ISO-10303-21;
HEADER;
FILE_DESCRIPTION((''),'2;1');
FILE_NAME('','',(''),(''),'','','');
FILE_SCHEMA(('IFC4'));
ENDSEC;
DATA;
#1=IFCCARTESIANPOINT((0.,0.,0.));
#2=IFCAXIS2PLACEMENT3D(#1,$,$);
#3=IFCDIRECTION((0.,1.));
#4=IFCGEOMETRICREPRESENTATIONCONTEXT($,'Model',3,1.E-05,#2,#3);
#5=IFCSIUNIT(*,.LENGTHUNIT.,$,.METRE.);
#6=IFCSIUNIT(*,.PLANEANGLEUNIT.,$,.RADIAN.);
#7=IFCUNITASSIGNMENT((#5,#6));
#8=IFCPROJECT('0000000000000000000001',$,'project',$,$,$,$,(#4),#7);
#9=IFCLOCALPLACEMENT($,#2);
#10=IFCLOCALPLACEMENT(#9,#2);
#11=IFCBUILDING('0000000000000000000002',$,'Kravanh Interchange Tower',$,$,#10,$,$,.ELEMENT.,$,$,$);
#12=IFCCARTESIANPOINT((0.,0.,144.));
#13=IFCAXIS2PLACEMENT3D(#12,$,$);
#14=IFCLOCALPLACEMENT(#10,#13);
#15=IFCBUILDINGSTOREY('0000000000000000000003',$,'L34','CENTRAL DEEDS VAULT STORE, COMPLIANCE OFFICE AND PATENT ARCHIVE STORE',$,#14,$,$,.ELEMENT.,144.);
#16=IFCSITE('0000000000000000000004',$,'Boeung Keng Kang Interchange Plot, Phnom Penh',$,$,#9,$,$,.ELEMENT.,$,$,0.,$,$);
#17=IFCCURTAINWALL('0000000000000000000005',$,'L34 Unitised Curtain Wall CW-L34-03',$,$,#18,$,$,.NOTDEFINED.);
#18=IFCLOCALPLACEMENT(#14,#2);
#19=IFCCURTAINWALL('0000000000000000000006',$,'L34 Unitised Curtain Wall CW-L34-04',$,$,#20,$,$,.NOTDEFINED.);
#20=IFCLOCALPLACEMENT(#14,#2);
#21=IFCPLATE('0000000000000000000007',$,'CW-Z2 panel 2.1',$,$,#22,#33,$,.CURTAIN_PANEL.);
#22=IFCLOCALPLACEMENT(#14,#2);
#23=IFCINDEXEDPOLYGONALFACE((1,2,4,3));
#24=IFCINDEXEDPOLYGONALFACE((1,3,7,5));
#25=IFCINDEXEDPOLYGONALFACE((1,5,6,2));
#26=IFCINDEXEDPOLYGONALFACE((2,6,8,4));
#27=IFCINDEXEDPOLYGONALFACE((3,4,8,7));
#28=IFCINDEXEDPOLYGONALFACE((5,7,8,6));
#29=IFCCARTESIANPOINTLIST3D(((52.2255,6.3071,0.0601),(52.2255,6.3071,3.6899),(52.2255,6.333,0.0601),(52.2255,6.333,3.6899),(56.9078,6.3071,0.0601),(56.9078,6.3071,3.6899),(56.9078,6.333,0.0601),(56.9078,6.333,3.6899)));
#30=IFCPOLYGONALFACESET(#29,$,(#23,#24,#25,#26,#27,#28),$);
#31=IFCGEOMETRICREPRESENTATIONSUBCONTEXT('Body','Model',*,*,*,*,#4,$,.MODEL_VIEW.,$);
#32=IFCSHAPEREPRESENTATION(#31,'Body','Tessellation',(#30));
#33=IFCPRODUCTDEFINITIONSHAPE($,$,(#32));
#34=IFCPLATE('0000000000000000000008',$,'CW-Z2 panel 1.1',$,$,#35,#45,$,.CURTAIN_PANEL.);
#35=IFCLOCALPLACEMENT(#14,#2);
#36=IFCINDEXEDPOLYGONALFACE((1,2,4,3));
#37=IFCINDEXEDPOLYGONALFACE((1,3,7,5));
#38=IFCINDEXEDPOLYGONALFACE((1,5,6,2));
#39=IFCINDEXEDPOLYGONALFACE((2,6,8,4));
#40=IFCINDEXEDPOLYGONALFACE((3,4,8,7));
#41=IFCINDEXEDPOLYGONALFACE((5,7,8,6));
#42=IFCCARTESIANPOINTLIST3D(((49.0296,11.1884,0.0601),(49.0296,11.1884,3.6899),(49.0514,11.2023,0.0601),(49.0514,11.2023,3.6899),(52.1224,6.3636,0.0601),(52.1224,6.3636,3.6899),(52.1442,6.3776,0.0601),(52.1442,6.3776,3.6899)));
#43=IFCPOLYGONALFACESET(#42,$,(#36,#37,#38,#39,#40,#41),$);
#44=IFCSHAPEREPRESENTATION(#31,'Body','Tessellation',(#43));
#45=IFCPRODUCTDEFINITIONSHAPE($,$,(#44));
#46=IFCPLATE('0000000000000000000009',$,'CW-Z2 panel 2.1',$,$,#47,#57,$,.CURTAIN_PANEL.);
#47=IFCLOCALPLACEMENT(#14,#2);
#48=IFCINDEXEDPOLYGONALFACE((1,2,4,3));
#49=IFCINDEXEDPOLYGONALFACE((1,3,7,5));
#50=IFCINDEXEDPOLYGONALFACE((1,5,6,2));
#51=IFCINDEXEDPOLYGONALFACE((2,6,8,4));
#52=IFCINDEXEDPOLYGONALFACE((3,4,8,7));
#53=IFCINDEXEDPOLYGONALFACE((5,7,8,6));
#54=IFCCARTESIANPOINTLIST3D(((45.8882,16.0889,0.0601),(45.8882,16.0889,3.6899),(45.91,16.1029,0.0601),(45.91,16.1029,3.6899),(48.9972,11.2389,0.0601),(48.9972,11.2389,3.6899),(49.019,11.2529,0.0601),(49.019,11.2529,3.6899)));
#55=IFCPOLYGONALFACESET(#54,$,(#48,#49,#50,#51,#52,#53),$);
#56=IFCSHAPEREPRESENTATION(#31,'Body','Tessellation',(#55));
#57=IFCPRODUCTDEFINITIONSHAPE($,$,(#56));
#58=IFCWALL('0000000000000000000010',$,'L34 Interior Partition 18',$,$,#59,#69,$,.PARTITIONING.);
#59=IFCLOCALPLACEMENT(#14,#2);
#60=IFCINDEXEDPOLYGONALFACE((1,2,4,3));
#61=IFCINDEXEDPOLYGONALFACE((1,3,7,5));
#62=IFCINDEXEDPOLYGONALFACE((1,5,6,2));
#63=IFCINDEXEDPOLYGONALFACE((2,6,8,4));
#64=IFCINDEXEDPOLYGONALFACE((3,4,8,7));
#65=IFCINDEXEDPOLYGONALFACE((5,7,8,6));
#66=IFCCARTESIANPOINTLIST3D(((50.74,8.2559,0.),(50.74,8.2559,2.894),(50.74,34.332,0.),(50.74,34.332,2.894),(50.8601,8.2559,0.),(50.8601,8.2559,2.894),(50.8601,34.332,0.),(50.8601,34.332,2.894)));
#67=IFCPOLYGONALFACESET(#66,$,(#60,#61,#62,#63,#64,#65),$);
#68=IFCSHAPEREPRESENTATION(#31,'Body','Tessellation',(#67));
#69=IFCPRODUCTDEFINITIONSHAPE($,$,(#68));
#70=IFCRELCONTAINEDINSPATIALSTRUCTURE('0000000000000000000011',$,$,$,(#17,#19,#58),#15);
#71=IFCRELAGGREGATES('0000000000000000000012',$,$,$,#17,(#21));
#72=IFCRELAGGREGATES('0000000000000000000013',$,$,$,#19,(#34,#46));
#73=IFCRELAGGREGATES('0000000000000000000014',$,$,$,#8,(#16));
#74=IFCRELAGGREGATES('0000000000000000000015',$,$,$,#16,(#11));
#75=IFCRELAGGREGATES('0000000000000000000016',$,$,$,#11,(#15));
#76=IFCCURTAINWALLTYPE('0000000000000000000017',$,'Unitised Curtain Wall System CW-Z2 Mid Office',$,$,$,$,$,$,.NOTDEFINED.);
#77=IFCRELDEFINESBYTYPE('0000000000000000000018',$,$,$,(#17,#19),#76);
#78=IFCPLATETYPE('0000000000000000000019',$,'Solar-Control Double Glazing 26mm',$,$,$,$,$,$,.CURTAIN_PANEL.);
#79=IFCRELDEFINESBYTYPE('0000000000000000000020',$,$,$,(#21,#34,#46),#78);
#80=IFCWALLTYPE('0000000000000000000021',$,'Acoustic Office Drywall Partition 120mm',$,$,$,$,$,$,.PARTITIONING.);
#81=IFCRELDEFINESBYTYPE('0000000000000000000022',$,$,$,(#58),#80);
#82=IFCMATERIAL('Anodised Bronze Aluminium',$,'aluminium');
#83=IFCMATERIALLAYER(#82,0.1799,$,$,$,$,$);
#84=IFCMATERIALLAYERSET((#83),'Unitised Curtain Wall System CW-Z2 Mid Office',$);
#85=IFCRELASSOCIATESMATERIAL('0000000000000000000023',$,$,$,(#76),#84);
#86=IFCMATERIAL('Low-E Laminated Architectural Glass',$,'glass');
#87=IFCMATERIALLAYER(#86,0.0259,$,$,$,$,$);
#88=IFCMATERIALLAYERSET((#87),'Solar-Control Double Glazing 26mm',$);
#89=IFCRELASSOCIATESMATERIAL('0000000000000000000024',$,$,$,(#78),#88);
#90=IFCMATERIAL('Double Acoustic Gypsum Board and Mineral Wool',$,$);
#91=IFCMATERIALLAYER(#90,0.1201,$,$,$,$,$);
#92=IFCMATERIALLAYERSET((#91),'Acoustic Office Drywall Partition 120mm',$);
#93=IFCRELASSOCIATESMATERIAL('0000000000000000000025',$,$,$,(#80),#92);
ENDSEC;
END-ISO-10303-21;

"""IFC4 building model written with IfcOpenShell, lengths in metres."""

from ifc_helpers import new_model, si_unit, direction, frame, frame_2d, origin, origin_2d, place, context, subcontext, project, spatial, rectangle, extrude, material, layer, layer_set, type_object, element, aggregate, save


model = new_model("IFC4")

# Units and contexts
model_context = context("Model", 3, precision=1e-05, world=origin(), true_north=direction((0.0, 1.0)))
body_context = subcontext(model_context, "Body", "Model", "MODEL_VIEW")
ifc_project = project(units=[si_unit("LENGTHUNIT", "METRE"), si_unit("PLANEANGLEUNIT", "RADIAN")], contexts=[model_context])

# Site, building, storey
site_placement = place(None, origin())
site = spatial("IfcSite", under=ifc_project, at=site_placement, Name="Boeung Keng Kang Interchange Plot, Phnom Penh", CompositionType="ELEMENT", RefElevation=0.0)
building_placement = place(site_placement, origin())
building = spatial("IfcBuilding", under=site, at=building_placement, Name="Kravanh Interchange Tower", CompositionType="ELEMENT")
storey_placement = place(building_placement, frame((0.0, 0.0, 144.0)))
storey = spatial("IfcBuildingStorey", under=building, at=storey_placement, Name="L34", Description="CENTRAL DEEDS VAULT STORE, COMPLIANCE OFFICE AND PATENT ARCHIVE STORE", CompositionType="ELEMENT", Elevation=144.0)

# Curtain wall
ifc_material_1 = material(Name="Anodised Bronze Aluminium", Category="aluminium")
ifc_layer_1 = layer(ifc_material_1, 0.1799)
ifc_layer_set_1 = layer_set([ifc_layer_1], Name="Unitised Curtain Wall System CW-Z2 Mid Office")
curtain_wall_type = type_object("IfcCurtainWallType", Name="Unitised Curtain Wall System CW-Z2 Mid Office", PredefinedType="NOTDEFINED", material=ifc_layer_set_1)
curtain_wall_1_placement = place(storey_placement, origin())
curtain_wall_1 = element("IfcCurtainWall", 1, at=curtain_wall_1_placement, inside=storey, type_object=curtain_wall_type, Name="L34 Unitised Curtain Wall CW-L34-03", PredefinedType="NOTDEFINED")

# Curtain wall
curtain_wall_2_placement = place(storey_placement, origin())
curtain_wall_2 = element("IfcCurtainWall", 2, at=curtain_wall_2_placement, inside=storey, type_object=curtain_wall_type, Name="L34 Unitised Curtain Wall CW-L34-04", PredefinedType="NOTDEFINED")

# Plates
ifc_material_2 = material(Name="Low-E Laminated Architectural Glass", Category="glass")
ifc_layer_2 = layer(ifc_material_2, 0.0259)
ifc_layer_set_2 = layer_set([ifc_layer_2], Name="Solar-Control Double Glazing 26mm")
plate_type = type_object("IfcPlateType", Name="Solar-Control Double Glazing 26mm", PredefinedType="CURTAIN_PANEL", material=ifc_layer_set_2)
plate_1_placement = place(storey_placement, frame((54.5667, 6.3201, 0.0601), z_axis=(0.0, 0.0, 1.0), x_axis=(-1.0, 0.0, 0.0)))
plate_1 = element("IfcPlate", 3, at=plate_1_placement, type_object=plate_type, Name="CW-Z2 panel 2.1", PredefinedType="CURTAIN_PANEL", context=body_context, shape_type="SweptSolid", body=[
    extrude(rectangle(XDim=4.6824, YDim=0.0259, at=origin_2d()), origin(), (0.0, 0.0, 1.0), 3.6299),
])
aggregate(curtain_wall_1, [plate_1])
plate_2_placement = place(storey_placement, frame((50.5869, 8.783, 0.0601), z_axis=(0.0, 0.0, 1.0), x_axis=(-0.539665, 0.84188, 0.0)))
plate_2 = element("IfcPlate", 4, at=plate_2_placement, type_object=plate_type, Name="CW-Z2 panel 1.1", PredefinedType="CURTAIN_PANEL", context=body_context, shape_type="SweptSolid", body=[
    extrude(rectangle(XDim=5.731, YDim=0.0259, at=origin_2d()), origin(), (0.0, 0.0, 1.0), 3.6299),
])
plate_3_placement = place(storey_placement, frame((47.4536, 13.6709, 0.0601), z_axis=(0.0, 0.0, 1.0), x_axis=(-0.539665, 0.84188, 0.0)))
plate_3 = element("IfcPlate", 5, at=plate_3_placement, type_object=plate_type, Name="CW-Z2 panel 2.1", PredefinedType="CURTAIN_PANEL", context=body_context, shape_type="SweptSolid", body=[
    extrude(rectangle(XDim=5.761, YDim=0.0259, at=origin_2d()), origin(), (0.0, 0.0, 1.0), 3.6299),
])
aggregate(curtain_wall_2, [plate_2, plate_3])

# Wall
ifc_material_3 = material(Name="Double Acoustic Gypsum Board and Mineral Wool")
ifc_layer_3 = layer(ifc_material_3, 0.1201)
ifc_layer_set_3 = layer_set([ifc_layer_3], Name="Acoustic Office Drywall Partition 120mm")
wall_type = type_object("IfcWallType", Name="Acoustic Office Drywall Partition 120mm", PredefinedType="PARTITIONING", material=ifc_layer_set_3)
wall_placement = place(storey_placement, frame((50.8, 8.2559, 0.0), z_axis=(0.0, 0.0, 1.0), x_axis=(0.0, 1.0, 0.0)))
element("IfcWall", 6, at=wall_placement, inside=storey, type_object=wall_type, Name="L34 Interior Partition 18", PredefinedType="PARTITIONING", context=body_context, shape_type="SweptSolid", body=[
    extrude(rectangle(XDim=26.0762, YDim=0.1201, at=frame_2d((13.0381, 0.0))), origin(), (0.0, 0.0, 1.0), 2.894),
])

save(model, "model.ifc")
